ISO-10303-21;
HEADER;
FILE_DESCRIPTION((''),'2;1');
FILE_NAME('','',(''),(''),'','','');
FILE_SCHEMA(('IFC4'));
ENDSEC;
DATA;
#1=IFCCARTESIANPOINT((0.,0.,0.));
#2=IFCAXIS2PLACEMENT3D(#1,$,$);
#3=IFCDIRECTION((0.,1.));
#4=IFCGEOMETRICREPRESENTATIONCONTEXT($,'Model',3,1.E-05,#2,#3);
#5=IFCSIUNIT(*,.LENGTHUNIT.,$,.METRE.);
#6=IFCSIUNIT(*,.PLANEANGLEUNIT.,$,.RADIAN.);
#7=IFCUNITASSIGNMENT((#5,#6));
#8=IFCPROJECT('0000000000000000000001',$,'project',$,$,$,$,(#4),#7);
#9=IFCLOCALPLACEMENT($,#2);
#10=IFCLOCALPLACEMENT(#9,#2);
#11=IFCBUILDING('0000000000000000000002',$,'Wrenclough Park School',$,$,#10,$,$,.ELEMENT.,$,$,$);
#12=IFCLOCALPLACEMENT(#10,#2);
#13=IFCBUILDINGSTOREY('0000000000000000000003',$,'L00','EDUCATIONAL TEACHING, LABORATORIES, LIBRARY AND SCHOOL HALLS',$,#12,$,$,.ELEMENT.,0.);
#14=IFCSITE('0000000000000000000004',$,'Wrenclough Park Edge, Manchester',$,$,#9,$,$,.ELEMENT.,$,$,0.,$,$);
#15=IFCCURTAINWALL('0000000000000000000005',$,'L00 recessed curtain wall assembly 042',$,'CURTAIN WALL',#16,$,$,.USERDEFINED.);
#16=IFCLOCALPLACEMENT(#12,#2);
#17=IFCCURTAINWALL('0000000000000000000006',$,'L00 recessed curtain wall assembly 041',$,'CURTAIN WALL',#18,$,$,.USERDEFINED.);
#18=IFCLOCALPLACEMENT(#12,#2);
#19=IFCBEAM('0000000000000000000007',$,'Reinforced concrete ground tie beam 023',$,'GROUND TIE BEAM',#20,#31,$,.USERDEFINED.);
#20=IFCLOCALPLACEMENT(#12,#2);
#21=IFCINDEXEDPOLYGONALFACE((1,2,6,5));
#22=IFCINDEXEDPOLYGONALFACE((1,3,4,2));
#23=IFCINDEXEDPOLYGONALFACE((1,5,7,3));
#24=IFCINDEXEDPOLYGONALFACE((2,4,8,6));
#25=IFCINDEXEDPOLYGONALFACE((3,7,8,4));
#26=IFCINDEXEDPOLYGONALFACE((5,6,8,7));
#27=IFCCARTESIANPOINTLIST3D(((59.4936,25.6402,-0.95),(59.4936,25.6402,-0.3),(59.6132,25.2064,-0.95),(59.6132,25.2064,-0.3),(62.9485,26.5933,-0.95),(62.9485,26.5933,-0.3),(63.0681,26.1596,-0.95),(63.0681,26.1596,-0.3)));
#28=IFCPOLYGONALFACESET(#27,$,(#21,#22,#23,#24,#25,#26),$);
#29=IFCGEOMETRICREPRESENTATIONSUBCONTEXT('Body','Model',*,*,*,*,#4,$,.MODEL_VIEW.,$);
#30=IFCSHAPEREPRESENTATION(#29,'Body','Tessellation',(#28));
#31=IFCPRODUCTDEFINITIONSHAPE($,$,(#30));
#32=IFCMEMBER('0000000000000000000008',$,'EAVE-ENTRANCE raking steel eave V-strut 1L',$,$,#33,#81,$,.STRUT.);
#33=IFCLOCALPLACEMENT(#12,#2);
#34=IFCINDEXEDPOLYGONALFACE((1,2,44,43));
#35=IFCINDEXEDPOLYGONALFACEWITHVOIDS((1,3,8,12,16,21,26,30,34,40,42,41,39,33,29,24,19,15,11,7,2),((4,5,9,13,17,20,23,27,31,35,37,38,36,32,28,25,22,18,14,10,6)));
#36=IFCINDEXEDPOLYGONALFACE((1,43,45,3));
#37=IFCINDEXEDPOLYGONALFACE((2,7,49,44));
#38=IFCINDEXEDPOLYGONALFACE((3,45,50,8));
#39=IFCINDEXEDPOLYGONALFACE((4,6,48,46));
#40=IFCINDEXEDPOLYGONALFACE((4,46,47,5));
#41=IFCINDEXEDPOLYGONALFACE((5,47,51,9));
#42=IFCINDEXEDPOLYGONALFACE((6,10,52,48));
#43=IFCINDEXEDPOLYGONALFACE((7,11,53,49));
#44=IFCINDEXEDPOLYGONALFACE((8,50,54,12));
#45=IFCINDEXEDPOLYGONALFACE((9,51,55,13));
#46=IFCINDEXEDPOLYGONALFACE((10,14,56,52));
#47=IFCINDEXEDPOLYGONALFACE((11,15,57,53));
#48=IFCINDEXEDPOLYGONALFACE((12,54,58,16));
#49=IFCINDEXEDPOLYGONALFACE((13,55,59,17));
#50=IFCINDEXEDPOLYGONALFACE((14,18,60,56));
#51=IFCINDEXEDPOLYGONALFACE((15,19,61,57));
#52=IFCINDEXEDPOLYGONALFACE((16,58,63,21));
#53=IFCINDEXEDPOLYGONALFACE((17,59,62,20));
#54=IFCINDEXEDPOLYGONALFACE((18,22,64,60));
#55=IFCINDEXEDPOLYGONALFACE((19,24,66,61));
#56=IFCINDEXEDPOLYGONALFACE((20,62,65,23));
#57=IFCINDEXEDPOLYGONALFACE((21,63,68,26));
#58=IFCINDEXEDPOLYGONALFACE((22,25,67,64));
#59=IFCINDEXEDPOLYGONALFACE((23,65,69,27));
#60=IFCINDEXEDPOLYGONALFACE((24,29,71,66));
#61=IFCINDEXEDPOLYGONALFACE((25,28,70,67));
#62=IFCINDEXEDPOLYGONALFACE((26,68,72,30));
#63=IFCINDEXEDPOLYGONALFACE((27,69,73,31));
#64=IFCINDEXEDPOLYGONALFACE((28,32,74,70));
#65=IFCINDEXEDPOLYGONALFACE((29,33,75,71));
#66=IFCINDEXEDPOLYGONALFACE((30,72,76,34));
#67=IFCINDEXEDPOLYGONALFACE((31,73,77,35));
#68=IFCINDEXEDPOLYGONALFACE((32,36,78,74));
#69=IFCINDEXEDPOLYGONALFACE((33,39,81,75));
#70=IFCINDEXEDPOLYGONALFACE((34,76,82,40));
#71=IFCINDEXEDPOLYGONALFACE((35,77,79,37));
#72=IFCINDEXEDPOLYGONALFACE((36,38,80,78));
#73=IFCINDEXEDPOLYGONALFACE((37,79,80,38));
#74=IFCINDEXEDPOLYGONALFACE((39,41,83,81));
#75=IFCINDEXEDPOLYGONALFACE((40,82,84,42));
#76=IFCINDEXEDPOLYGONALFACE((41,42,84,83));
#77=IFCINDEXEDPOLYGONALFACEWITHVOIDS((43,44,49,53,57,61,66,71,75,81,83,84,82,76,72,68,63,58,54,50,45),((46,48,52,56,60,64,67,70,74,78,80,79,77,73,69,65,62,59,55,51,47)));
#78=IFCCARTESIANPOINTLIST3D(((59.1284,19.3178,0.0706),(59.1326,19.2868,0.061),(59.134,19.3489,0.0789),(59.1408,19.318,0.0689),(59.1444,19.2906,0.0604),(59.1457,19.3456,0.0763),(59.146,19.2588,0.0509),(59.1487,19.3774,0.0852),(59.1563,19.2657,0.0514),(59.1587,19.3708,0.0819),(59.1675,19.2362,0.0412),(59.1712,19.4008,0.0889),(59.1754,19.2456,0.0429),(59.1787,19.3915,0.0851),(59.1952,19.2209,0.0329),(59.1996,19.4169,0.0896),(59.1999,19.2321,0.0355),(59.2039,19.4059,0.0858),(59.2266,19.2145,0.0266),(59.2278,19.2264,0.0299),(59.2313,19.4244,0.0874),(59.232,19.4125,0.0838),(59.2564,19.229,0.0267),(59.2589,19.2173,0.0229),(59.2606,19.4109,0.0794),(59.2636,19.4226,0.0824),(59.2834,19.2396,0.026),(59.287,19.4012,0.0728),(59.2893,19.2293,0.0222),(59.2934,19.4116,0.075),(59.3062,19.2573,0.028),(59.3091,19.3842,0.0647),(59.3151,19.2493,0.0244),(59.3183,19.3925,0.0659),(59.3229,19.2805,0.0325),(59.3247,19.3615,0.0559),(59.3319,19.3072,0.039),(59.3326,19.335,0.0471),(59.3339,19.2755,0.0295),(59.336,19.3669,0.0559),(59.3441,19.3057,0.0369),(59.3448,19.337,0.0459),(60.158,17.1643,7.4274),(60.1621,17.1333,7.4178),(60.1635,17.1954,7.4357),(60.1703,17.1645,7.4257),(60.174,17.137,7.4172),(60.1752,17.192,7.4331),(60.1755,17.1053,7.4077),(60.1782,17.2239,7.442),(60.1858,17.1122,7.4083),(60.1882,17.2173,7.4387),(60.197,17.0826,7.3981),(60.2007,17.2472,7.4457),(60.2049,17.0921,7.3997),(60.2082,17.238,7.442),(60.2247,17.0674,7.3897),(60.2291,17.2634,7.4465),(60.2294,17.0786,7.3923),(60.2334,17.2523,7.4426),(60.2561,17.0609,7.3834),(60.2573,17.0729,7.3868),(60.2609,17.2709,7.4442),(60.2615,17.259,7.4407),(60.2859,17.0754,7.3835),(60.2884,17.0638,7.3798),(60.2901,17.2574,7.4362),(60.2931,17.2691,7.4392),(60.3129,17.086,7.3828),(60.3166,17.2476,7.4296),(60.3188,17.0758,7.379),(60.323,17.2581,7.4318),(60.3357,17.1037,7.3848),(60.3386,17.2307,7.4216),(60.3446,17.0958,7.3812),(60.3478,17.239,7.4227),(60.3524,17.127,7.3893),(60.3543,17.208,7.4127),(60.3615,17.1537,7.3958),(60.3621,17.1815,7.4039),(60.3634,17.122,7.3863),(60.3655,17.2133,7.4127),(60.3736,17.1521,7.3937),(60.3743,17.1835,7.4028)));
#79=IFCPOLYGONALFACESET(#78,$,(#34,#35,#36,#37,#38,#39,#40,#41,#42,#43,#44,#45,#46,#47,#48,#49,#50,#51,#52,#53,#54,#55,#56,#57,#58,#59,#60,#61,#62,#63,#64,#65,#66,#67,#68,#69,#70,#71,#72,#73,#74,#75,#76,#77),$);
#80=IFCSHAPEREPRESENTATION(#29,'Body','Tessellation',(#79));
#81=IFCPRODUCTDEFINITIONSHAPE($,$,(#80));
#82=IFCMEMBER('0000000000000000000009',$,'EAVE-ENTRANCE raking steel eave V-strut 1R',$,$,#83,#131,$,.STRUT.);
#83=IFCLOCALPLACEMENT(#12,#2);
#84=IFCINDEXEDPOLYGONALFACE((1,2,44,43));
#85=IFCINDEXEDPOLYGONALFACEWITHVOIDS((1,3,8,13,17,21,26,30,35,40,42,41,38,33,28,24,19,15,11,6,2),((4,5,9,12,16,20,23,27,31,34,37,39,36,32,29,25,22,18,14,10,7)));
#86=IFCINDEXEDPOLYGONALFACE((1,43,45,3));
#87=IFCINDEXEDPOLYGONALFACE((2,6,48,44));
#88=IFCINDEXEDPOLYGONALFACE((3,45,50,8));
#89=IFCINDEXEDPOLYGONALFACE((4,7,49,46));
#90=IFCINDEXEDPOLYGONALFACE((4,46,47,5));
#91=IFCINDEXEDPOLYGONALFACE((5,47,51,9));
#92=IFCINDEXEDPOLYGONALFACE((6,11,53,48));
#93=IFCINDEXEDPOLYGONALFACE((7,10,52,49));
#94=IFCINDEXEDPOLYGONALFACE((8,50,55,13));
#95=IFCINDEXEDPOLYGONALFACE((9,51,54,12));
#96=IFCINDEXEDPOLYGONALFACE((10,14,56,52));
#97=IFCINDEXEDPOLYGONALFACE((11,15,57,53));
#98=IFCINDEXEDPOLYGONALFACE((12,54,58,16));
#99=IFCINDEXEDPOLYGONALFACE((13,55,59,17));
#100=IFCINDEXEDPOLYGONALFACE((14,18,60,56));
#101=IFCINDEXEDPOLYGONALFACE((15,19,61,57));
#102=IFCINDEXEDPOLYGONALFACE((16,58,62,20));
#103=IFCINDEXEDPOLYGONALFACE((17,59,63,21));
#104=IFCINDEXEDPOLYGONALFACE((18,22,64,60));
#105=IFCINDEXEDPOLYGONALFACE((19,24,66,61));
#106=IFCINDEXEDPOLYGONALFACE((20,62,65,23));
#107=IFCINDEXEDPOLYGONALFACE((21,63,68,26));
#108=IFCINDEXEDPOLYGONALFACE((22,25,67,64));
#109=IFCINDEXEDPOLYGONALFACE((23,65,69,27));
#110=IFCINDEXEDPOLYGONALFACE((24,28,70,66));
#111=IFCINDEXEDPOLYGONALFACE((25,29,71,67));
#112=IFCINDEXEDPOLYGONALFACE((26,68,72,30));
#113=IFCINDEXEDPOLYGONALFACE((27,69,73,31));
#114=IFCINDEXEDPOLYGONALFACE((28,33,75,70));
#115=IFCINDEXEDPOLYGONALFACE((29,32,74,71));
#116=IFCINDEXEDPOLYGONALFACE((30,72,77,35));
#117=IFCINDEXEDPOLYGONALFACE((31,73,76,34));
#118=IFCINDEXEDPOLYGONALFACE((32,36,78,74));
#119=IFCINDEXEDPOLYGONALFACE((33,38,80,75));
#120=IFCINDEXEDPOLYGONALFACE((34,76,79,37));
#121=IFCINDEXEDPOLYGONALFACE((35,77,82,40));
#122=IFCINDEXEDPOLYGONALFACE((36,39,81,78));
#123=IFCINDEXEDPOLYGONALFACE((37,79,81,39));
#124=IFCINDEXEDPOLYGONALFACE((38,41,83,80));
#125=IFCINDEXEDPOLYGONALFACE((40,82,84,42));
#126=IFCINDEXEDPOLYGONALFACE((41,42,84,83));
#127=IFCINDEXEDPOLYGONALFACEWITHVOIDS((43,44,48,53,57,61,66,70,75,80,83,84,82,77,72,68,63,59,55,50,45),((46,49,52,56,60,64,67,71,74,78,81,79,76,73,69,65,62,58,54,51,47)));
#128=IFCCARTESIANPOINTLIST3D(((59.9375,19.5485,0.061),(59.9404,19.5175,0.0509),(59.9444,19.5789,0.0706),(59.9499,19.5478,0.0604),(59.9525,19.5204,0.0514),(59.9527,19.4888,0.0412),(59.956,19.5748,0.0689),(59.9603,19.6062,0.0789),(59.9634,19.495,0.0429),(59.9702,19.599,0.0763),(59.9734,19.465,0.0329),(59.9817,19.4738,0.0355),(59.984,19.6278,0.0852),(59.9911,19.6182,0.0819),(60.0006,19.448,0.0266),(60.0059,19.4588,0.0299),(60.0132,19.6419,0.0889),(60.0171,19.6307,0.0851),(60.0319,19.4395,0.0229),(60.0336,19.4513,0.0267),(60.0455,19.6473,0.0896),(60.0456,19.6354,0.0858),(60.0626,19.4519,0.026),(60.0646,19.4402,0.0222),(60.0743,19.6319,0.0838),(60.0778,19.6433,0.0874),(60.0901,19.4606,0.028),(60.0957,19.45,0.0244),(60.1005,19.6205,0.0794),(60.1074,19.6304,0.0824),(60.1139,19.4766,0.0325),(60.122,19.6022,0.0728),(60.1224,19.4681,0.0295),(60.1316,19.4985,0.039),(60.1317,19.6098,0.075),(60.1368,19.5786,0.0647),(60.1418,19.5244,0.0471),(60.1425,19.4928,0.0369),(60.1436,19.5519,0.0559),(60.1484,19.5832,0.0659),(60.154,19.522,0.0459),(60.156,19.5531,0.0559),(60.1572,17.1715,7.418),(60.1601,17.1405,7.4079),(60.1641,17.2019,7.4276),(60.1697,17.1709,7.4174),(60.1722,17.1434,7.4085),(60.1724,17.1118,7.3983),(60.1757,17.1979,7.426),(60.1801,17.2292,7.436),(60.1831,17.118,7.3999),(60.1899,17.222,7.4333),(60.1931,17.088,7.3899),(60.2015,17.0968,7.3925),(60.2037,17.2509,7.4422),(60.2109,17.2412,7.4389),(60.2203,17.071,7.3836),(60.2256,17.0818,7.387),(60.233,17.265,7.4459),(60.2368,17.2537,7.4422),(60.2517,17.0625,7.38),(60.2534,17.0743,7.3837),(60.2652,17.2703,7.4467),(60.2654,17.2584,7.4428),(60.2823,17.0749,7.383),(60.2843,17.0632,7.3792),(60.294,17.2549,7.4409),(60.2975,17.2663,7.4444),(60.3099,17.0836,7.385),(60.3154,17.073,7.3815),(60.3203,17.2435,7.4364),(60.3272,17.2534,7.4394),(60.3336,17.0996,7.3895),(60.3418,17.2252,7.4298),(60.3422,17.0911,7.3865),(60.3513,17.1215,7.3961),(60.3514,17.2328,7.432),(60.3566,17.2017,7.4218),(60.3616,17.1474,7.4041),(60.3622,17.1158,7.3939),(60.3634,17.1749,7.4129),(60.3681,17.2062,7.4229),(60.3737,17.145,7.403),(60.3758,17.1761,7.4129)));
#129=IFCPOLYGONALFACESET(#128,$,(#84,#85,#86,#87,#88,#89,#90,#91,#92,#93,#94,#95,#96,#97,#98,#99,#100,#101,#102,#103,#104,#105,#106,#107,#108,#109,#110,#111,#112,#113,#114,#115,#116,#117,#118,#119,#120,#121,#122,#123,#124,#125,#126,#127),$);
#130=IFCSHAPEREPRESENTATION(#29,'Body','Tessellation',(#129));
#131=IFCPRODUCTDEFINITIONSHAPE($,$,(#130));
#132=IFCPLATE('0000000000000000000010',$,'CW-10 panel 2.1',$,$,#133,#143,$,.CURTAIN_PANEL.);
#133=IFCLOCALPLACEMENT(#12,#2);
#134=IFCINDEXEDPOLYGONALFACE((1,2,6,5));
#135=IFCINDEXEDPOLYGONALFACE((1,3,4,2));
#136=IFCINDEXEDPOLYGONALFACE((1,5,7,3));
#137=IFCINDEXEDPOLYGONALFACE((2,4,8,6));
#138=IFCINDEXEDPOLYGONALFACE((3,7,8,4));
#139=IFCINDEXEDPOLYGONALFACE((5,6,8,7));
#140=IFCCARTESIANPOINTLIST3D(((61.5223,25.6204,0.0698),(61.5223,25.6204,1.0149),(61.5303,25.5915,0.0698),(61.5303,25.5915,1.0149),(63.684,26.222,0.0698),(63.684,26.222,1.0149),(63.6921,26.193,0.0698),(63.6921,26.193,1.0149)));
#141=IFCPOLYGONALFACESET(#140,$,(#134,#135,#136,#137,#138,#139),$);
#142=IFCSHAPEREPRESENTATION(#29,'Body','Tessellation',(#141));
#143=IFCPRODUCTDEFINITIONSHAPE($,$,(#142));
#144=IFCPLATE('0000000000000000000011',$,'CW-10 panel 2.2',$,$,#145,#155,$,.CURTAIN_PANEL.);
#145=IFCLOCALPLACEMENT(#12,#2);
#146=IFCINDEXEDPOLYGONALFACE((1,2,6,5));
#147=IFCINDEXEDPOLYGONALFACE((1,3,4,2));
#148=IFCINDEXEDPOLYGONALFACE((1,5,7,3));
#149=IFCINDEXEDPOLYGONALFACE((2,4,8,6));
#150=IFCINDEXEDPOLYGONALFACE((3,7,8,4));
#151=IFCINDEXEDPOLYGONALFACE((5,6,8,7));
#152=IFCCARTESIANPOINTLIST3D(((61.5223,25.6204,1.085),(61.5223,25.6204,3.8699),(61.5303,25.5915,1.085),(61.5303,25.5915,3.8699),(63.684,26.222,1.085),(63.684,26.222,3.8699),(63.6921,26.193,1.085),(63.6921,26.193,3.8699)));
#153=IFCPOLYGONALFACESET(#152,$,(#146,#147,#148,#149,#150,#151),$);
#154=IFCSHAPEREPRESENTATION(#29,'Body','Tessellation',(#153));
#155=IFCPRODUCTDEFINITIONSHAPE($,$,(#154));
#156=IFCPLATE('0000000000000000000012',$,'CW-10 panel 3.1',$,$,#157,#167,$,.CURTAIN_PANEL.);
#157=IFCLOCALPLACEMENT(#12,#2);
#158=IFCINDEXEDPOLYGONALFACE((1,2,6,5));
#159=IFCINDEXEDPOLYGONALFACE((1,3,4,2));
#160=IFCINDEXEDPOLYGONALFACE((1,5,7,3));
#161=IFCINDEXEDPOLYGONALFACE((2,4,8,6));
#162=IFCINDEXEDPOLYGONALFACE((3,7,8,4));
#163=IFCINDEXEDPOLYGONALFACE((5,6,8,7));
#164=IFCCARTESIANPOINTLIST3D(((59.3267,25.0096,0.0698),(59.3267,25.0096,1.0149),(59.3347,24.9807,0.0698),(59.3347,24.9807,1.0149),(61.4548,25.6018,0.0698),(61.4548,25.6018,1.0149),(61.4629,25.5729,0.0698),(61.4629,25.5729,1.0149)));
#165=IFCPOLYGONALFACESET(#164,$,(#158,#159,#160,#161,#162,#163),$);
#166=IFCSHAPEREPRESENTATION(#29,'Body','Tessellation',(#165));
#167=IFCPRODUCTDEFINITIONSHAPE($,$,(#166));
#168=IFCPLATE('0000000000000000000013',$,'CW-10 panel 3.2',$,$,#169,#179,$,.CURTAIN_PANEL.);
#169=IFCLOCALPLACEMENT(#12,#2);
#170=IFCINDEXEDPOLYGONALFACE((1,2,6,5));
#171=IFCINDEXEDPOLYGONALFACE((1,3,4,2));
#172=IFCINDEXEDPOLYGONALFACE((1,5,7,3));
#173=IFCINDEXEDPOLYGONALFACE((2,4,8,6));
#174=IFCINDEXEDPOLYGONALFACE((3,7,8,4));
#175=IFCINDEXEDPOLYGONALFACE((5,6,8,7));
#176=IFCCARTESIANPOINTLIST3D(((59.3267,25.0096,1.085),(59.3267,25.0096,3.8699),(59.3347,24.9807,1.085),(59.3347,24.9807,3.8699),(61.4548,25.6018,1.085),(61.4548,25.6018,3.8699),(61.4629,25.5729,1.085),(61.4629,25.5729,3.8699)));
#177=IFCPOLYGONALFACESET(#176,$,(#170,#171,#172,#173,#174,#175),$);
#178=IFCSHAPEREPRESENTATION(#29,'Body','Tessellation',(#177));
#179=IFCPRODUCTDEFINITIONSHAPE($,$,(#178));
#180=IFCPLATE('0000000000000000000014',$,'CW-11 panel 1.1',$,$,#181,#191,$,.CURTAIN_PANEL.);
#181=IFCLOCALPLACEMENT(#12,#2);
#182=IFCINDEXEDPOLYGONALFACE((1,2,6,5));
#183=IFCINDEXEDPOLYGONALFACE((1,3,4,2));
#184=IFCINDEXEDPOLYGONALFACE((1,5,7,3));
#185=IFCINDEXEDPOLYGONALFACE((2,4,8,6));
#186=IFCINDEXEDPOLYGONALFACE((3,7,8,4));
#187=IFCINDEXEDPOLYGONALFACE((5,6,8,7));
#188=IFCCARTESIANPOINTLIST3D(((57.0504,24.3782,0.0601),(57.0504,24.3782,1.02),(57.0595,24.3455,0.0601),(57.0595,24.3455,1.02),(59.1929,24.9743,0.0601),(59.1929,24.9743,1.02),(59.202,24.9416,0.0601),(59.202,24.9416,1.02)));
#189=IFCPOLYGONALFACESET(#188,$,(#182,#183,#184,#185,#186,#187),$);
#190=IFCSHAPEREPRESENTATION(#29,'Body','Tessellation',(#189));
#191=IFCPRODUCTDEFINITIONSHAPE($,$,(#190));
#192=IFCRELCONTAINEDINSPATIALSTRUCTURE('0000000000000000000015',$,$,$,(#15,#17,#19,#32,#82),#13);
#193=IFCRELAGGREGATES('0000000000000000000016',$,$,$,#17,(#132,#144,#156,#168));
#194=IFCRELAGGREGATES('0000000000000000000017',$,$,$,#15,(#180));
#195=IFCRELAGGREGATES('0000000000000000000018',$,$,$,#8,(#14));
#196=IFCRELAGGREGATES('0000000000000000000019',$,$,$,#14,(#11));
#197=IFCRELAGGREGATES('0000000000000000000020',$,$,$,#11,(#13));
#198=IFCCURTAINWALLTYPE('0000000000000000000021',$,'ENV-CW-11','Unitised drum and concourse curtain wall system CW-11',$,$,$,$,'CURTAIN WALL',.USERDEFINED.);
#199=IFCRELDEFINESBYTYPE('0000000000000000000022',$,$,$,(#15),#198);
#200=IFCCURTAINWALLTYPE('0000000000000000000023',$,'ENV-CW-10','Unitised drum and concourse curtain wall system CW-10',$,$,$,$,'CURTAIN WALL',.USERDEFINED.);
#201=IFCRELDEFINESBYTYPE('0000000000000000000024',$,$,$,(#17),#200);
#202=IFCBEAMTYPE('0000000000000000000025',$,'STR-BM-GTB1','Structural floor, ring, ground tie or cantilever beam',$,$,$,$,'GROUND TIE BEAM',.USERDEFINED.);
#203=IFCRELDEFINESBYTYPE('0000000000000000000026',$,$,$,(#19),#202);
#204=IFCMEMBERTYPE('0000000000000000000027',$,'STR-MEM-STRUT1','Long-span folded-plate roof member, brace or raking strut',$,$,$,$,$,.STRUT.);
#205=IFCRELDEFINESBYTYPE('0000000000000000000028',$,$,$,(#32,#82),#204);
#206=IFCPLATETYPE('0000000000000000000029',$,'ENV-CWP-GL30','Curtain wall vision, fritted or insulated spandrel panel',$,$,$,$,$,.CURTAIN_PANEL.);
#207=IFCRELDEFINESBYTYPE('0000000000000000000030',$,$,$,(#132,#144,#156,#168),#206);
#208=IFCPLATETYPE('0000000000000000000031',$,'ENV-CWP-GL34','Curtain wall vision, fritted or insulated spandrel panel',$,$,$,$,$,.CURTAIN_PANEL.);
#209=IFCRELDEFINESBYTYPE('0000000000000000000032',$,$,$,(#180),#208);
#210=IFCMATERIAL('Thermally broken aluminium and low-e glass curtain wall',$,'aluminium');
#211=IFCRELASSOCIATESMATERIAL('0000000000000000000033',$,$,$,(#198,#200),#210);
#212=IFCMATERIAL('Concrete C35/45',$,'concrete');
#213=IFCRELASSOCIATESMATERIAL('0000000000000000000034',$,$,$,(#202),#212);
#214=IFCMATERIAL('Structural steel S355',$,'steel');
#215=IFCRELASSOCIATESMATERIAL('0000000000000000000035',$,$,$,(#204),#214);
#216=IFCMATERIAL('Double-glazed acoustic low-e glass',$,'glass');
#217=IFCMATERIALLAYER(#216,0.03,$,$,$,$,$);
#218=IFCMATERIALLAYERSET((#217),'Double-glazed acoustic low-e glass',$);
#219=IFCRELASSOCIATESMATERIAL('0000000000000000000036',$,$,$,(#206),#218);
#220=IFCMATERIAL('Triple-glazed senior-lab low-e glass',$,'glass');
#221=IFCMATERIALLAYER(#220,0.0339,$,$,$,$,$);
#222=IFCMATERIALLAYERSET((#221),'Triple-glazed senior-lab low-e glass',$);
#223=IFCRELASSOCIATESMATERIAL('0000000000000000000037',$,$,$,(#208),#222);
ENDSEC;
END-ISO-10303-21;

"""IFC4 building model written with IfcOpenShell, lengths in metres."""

from ifc_helpers import new_model, si_unit, direction, frame, origin, origin_2d, place, context, subcontext, project, spatial, rectangle, hollow_circle, extrude, material, layer, layer_set, material_profile, profile_set, type_object, element, aggregate, save


model = new_model("IFC4")

# Units and contexts
model_context = context("Model", 3, precision=1e-05, world=origin(), true_north=direction((0.0, 1.0)))
body_context = subcontext(model_context, "Body", "Model", "MODEL_VIEW")
ifc_project = project(units=[si_unit("LENGTHUNIT", "METRE"), si_unit("PLANEANGLEUNIT", "RADIAN")], contexts=[model_context])

# Site, building, storey
site_placement = place(None, origin())
site = spatial("IfcSite", under=ifc_project, at=site_placement, Name="Wrenclough Park Edge, Manchester", CompositionType="ELEMENT", RefElevation=0.0)
building_placement = place(site_placement, origin())
building = spatial("IfcBuilding", under=site, at=building_placement, Name="Wrenclough Park School", CompositionType="ELEMENT")
storey_placement = place(building_placement, origin())
storey = spatial("IfcBuildingStorey", under=building, at=storey_placement, Name="L00", Description="EDUCATIONAL TEACHING, LABORATORIES, LIBRARY AND SCHOOL HALLS", CompositionType="ELEMENT", Elevation=0.0)

# Shared definitions
ifc_material_1 = material(Name="Concrete C35/45", Category="concrete")

# Shared definitions
ifc_material_2 = material(Name="Structural steel S355", Category="steel")

# Curtain wall
ifc_material_3 = material(Name="Thermally broken aluminium and low-e glass curtain wall", Category="aluminium")
curtain_wall_type_1 = type_object("IfcCurtainWallType", Name="ENV-CW-11", Description="Unitised drum and concourse curtain wall system CW-11", ElementType="CURTAIN WALL", PredefinedType="USERDEFINED", material=ifc_material_3)
curtain_wall_1_placement = place(storey_placement, origin())
curtain_wall_1 = element("IfcCurtainWall", 1, at=curtain_wall_1_placement, inside=storey, type_object=curtain_wall_type_1, Name="L00 recessed curtain wall assembly 042", ObjectType="CURTAIN WALL", PredefinedType="USERDEFINED")

# Curtain wall
curtain_wall_type_2 = type_object("IfcCurtainWallType", Name="ENV-CW-10", Description="Unitised drum and concourse curtain wall system CW-10", ElementType="CURTAIN WALL", PredefinedType="USERDEFINED", material=ifc_material_3)
curtain_wall_2_placement = place(storey_placement, origin())
curtain_wall_2 = element("IfcCurtainWall", 2, at=curtain_wall_2_placement, inside=storey, type_object=curtain_wall_type_2, Name="L00 recessed curtain wall assembly 041", ObjectType="CURTAIN WALL", PredefinedType="USERDEFINED")

# Beam
ifc_material_profile_1 = material_profile(ifc_material_1, rectangle(XDim=0.45, YDim=0.6499, at=origin_2d()), Name="RC GROUND 450x650")
ifc_profile_set_1 = profile_set([ifc_material_profile_1], Name="Concrete C35/45")
beam_type = type_object("IfcBeamType", Name="STR-BM-GTB1", Description="Structural floor, ring, ground tie or cantilever beam", ElementType="GROUND TIE BEAM", PredefinedType="USERDEFINED", material=ifc_profile_set_1)
beam_placement = place(storey_placement, frame((63.0083, 26.3765, -0.625), z_axis=(-0.963988, -0.265946, 0.0), x_axis=(0.265946, -0.963988, 0.0)))
element("IfcBeam", 3, at=beam_placement, inside=storey, type_object=beam_type, Name="Reinforced concrete ground tie beam 023", ObjectType="GROUND TIE BEAM", PredefinedType="USERDEFINED", context=body_context, shape_type="SweptSolid", body=[
    extrude(rectangle(XDim=0.45, YDim=0.6499, at=origin_2d()), origin(), (0.0, 0.0, 1.0), 3.584),
])

# Members
ifc_material_profile_2 = material_profile(ifc_material_2, hollow_circle(Radius=0.1096, WallThickness=0.0125, at=origin_2d()), Name="CHS 219.1x12.5")
ifc_profile_set_2 = profile_set([ifc_material_profile_2], Name="Structural steel S355")
member_type_1 = type_object("IfcMemberType", Name="STR-MEM-STRUT1", Description="Long-span folded-plate roof member, brace or raking strut", PredefinedType="STRUT", material=ifc_profile_set_2)
member_1_placement = place(storey_placement, frame((59.2371, 19.3196, 0.0559), z_axis=(0.13311, -0.278437, 0.951186), x_axis=(0.902203, 0.431311, 0.0)))
element("IfcMember", 4, at=member_1_placement, inside=storey, type_object=member_type_1, Name="EAVE-ENTRANCE raking steel eave V-strut 1L", PredefinedType="STRUT", context=body_context, shape_type="SweptSolid", body=[
    extrude(hollow_circle(Radius=0.1096, WallThickness=0.0125, at=origin_2d()), origin(), (0.0, 0.0, 1.0), 7.7344),
])
member_2_placement = place(storey_placement, frame((60.0469, 19.543, 0.0559), z_axis=(0.028409, -0.307318, 0.951183), x_axis=(0.995755, 0.092048, 0.0)))
element("IfcMember", 5, at=member_2_placement, inside=storey, type_object=member_type_1, Name="EAVE-ENTRANCE raking steel eave V-strut 1R", PredefinedType="STRUT", context=body_context, shape_type="SweptSolid", body=[
    extrude(hollow_circle(Radius=0.1096, WallThickness=0.0125, at=origin_2d()), origin(), (0.0, 0.0, 1.0), 7.7346),
])

# Plates
ifc_material_4 = material(Name="Double-glazed acoustic low-e glass", Category="glass")
ifc_layer_1 = layer(ifc_material_4, 0.03)
ifc_layer_set_1 = layer_set([ifc_layer_1], Name="Double-glazed acoustic low-e glass")
plate_type_1 = type_object("IfcPlateType", Name="ENV-CWP-GL30", Description="Curtain wall vision, fritted or insulated spandrel panel", PredefinedType="CURTAIN_PANEL", material=ifc_layer_set_1)
plate_1_placement = place(storey_placement, frame((62.6072, 25.9067, 0.0698), z_axis=(0.0, 0.0, 1.0), x_axis=(-0.9634, -0.268069, 0.0)))
plate_1 = element("IfcPlate", 6, at=plate_1_placement, type_object=plate_type_1, Name="CW-10 panel 2.1", PredefinedType="CURTAIN_PANEL", context=body_context, shape_type="SweptSolid", body=[
    extrude(rectangle(XDim=2.2439, YDim=0.03, at=origin_2d()), origin(), (0.0, 0.0, 1.0), 0.9451),
])
plate_2_placement = place(storey_placement, frame((62.6072, 25.9067, 1.085), z_axis=(0.0, 0.0, 1.0), x_axis=(-0.9634, -0.268069, 0.0)))
plate_2 = element("IfcPlate", 7, at=plate_2_placement, type_object=plate_type_1, Name="CW-10 panel 2.2", PredefinedType="CURTAIN_PANEL", context=body_context, shape_type="SweptSolid", body=[
    extrude(rectangle(XDim=2.2439, YDim=0.03, at=origin_2d()), origin(), (0.0, 0.0, 1.0), 2.7849),
])
plate_3_placement = place(storey_placement, frame((60.3948, 25.2913, 0.0698), z_axis=(0.0, 0.0, 1.0), x_axis=(-0.9634, -0.268069, 0.0)))
plate_3 = element("IfcPlate", 8, at=plate_3_placement, type_object=plate_type_1, Name="CW-10 panel 3.1", PredefinedType="CURTAIN_PANEL", context=body_context, shape_type="SweptSolid", body=[
    extrude(rectangle(XDim=2.209, YDim=0.03, at=origin_2d()), origin(), (0.0, 0.0, 1.0), 0.9451),
])
plate_4_placement = place(storey_placement, frame((60.3948, 25.2913, 1.085), z_axis=(0.0, 0.0, 1.0), x_axis=(-0.9634, -0.268069, 0.0)))
plate_4 = element("IfcPlate", 9, at=plate_4_placement, type_object=plate_type_1, Name="CW-10 panel 3.2", PredefinedType="CURTAIN_PANEL", context=body_context, shape_type="SweptSolid", body=[
    extrude(rectangle(XDim=2.209, YDim=0.03, at=origin_2d()), origin(), (0.0, 0.0, 1.0), 2.7849),
])
aggregate(curtain_wall_2, [plate_1, plate_2, plate_3, plate_4])
ifc_material_5 = material(Name="Triple-glazed senior-lab low-e glass", Category="glass")
ifc_layer_2 = layer(ifc_material_5, 0.0339)
ifc_layer_set_2 = layer_set([ifc_layer_2], Name="Triple-glazed senior-lab low-e glass")
plate_type_2 = type_object("IfcPlateType", Name="ENV-CWP-GL34", Description="Curtain wall vision, fritted or insulated spandrel panel", PredefinedType="CURTAIN_PANEL", material=ifc_layer_set_2)
plate_5_placement = place(storey_placement, frame((58.1262, 24.6599, 0.0601), z_axis=(0.0, 0.0, 1.0), x_axis=(-0.963399, -0.268073, 0.0)))
plate_5 = element("IfcPlate", 10, at=plate_5_placement, type_object=plate_type_2, Name="CW-11 panel 1.1", PredefinedType="CURTAIN_PANEL", context=body_context, shape_type="SweptSolid", body=[
    extrude(rectangle(XDim=2.2239, YDim=0.0339, at=origin_2d()), origin(), (0.0, 0.0, 1.0), 0.96),
])
aggregate(curtain_wall_1, [plate_5])

save(model, "model.ifc")
